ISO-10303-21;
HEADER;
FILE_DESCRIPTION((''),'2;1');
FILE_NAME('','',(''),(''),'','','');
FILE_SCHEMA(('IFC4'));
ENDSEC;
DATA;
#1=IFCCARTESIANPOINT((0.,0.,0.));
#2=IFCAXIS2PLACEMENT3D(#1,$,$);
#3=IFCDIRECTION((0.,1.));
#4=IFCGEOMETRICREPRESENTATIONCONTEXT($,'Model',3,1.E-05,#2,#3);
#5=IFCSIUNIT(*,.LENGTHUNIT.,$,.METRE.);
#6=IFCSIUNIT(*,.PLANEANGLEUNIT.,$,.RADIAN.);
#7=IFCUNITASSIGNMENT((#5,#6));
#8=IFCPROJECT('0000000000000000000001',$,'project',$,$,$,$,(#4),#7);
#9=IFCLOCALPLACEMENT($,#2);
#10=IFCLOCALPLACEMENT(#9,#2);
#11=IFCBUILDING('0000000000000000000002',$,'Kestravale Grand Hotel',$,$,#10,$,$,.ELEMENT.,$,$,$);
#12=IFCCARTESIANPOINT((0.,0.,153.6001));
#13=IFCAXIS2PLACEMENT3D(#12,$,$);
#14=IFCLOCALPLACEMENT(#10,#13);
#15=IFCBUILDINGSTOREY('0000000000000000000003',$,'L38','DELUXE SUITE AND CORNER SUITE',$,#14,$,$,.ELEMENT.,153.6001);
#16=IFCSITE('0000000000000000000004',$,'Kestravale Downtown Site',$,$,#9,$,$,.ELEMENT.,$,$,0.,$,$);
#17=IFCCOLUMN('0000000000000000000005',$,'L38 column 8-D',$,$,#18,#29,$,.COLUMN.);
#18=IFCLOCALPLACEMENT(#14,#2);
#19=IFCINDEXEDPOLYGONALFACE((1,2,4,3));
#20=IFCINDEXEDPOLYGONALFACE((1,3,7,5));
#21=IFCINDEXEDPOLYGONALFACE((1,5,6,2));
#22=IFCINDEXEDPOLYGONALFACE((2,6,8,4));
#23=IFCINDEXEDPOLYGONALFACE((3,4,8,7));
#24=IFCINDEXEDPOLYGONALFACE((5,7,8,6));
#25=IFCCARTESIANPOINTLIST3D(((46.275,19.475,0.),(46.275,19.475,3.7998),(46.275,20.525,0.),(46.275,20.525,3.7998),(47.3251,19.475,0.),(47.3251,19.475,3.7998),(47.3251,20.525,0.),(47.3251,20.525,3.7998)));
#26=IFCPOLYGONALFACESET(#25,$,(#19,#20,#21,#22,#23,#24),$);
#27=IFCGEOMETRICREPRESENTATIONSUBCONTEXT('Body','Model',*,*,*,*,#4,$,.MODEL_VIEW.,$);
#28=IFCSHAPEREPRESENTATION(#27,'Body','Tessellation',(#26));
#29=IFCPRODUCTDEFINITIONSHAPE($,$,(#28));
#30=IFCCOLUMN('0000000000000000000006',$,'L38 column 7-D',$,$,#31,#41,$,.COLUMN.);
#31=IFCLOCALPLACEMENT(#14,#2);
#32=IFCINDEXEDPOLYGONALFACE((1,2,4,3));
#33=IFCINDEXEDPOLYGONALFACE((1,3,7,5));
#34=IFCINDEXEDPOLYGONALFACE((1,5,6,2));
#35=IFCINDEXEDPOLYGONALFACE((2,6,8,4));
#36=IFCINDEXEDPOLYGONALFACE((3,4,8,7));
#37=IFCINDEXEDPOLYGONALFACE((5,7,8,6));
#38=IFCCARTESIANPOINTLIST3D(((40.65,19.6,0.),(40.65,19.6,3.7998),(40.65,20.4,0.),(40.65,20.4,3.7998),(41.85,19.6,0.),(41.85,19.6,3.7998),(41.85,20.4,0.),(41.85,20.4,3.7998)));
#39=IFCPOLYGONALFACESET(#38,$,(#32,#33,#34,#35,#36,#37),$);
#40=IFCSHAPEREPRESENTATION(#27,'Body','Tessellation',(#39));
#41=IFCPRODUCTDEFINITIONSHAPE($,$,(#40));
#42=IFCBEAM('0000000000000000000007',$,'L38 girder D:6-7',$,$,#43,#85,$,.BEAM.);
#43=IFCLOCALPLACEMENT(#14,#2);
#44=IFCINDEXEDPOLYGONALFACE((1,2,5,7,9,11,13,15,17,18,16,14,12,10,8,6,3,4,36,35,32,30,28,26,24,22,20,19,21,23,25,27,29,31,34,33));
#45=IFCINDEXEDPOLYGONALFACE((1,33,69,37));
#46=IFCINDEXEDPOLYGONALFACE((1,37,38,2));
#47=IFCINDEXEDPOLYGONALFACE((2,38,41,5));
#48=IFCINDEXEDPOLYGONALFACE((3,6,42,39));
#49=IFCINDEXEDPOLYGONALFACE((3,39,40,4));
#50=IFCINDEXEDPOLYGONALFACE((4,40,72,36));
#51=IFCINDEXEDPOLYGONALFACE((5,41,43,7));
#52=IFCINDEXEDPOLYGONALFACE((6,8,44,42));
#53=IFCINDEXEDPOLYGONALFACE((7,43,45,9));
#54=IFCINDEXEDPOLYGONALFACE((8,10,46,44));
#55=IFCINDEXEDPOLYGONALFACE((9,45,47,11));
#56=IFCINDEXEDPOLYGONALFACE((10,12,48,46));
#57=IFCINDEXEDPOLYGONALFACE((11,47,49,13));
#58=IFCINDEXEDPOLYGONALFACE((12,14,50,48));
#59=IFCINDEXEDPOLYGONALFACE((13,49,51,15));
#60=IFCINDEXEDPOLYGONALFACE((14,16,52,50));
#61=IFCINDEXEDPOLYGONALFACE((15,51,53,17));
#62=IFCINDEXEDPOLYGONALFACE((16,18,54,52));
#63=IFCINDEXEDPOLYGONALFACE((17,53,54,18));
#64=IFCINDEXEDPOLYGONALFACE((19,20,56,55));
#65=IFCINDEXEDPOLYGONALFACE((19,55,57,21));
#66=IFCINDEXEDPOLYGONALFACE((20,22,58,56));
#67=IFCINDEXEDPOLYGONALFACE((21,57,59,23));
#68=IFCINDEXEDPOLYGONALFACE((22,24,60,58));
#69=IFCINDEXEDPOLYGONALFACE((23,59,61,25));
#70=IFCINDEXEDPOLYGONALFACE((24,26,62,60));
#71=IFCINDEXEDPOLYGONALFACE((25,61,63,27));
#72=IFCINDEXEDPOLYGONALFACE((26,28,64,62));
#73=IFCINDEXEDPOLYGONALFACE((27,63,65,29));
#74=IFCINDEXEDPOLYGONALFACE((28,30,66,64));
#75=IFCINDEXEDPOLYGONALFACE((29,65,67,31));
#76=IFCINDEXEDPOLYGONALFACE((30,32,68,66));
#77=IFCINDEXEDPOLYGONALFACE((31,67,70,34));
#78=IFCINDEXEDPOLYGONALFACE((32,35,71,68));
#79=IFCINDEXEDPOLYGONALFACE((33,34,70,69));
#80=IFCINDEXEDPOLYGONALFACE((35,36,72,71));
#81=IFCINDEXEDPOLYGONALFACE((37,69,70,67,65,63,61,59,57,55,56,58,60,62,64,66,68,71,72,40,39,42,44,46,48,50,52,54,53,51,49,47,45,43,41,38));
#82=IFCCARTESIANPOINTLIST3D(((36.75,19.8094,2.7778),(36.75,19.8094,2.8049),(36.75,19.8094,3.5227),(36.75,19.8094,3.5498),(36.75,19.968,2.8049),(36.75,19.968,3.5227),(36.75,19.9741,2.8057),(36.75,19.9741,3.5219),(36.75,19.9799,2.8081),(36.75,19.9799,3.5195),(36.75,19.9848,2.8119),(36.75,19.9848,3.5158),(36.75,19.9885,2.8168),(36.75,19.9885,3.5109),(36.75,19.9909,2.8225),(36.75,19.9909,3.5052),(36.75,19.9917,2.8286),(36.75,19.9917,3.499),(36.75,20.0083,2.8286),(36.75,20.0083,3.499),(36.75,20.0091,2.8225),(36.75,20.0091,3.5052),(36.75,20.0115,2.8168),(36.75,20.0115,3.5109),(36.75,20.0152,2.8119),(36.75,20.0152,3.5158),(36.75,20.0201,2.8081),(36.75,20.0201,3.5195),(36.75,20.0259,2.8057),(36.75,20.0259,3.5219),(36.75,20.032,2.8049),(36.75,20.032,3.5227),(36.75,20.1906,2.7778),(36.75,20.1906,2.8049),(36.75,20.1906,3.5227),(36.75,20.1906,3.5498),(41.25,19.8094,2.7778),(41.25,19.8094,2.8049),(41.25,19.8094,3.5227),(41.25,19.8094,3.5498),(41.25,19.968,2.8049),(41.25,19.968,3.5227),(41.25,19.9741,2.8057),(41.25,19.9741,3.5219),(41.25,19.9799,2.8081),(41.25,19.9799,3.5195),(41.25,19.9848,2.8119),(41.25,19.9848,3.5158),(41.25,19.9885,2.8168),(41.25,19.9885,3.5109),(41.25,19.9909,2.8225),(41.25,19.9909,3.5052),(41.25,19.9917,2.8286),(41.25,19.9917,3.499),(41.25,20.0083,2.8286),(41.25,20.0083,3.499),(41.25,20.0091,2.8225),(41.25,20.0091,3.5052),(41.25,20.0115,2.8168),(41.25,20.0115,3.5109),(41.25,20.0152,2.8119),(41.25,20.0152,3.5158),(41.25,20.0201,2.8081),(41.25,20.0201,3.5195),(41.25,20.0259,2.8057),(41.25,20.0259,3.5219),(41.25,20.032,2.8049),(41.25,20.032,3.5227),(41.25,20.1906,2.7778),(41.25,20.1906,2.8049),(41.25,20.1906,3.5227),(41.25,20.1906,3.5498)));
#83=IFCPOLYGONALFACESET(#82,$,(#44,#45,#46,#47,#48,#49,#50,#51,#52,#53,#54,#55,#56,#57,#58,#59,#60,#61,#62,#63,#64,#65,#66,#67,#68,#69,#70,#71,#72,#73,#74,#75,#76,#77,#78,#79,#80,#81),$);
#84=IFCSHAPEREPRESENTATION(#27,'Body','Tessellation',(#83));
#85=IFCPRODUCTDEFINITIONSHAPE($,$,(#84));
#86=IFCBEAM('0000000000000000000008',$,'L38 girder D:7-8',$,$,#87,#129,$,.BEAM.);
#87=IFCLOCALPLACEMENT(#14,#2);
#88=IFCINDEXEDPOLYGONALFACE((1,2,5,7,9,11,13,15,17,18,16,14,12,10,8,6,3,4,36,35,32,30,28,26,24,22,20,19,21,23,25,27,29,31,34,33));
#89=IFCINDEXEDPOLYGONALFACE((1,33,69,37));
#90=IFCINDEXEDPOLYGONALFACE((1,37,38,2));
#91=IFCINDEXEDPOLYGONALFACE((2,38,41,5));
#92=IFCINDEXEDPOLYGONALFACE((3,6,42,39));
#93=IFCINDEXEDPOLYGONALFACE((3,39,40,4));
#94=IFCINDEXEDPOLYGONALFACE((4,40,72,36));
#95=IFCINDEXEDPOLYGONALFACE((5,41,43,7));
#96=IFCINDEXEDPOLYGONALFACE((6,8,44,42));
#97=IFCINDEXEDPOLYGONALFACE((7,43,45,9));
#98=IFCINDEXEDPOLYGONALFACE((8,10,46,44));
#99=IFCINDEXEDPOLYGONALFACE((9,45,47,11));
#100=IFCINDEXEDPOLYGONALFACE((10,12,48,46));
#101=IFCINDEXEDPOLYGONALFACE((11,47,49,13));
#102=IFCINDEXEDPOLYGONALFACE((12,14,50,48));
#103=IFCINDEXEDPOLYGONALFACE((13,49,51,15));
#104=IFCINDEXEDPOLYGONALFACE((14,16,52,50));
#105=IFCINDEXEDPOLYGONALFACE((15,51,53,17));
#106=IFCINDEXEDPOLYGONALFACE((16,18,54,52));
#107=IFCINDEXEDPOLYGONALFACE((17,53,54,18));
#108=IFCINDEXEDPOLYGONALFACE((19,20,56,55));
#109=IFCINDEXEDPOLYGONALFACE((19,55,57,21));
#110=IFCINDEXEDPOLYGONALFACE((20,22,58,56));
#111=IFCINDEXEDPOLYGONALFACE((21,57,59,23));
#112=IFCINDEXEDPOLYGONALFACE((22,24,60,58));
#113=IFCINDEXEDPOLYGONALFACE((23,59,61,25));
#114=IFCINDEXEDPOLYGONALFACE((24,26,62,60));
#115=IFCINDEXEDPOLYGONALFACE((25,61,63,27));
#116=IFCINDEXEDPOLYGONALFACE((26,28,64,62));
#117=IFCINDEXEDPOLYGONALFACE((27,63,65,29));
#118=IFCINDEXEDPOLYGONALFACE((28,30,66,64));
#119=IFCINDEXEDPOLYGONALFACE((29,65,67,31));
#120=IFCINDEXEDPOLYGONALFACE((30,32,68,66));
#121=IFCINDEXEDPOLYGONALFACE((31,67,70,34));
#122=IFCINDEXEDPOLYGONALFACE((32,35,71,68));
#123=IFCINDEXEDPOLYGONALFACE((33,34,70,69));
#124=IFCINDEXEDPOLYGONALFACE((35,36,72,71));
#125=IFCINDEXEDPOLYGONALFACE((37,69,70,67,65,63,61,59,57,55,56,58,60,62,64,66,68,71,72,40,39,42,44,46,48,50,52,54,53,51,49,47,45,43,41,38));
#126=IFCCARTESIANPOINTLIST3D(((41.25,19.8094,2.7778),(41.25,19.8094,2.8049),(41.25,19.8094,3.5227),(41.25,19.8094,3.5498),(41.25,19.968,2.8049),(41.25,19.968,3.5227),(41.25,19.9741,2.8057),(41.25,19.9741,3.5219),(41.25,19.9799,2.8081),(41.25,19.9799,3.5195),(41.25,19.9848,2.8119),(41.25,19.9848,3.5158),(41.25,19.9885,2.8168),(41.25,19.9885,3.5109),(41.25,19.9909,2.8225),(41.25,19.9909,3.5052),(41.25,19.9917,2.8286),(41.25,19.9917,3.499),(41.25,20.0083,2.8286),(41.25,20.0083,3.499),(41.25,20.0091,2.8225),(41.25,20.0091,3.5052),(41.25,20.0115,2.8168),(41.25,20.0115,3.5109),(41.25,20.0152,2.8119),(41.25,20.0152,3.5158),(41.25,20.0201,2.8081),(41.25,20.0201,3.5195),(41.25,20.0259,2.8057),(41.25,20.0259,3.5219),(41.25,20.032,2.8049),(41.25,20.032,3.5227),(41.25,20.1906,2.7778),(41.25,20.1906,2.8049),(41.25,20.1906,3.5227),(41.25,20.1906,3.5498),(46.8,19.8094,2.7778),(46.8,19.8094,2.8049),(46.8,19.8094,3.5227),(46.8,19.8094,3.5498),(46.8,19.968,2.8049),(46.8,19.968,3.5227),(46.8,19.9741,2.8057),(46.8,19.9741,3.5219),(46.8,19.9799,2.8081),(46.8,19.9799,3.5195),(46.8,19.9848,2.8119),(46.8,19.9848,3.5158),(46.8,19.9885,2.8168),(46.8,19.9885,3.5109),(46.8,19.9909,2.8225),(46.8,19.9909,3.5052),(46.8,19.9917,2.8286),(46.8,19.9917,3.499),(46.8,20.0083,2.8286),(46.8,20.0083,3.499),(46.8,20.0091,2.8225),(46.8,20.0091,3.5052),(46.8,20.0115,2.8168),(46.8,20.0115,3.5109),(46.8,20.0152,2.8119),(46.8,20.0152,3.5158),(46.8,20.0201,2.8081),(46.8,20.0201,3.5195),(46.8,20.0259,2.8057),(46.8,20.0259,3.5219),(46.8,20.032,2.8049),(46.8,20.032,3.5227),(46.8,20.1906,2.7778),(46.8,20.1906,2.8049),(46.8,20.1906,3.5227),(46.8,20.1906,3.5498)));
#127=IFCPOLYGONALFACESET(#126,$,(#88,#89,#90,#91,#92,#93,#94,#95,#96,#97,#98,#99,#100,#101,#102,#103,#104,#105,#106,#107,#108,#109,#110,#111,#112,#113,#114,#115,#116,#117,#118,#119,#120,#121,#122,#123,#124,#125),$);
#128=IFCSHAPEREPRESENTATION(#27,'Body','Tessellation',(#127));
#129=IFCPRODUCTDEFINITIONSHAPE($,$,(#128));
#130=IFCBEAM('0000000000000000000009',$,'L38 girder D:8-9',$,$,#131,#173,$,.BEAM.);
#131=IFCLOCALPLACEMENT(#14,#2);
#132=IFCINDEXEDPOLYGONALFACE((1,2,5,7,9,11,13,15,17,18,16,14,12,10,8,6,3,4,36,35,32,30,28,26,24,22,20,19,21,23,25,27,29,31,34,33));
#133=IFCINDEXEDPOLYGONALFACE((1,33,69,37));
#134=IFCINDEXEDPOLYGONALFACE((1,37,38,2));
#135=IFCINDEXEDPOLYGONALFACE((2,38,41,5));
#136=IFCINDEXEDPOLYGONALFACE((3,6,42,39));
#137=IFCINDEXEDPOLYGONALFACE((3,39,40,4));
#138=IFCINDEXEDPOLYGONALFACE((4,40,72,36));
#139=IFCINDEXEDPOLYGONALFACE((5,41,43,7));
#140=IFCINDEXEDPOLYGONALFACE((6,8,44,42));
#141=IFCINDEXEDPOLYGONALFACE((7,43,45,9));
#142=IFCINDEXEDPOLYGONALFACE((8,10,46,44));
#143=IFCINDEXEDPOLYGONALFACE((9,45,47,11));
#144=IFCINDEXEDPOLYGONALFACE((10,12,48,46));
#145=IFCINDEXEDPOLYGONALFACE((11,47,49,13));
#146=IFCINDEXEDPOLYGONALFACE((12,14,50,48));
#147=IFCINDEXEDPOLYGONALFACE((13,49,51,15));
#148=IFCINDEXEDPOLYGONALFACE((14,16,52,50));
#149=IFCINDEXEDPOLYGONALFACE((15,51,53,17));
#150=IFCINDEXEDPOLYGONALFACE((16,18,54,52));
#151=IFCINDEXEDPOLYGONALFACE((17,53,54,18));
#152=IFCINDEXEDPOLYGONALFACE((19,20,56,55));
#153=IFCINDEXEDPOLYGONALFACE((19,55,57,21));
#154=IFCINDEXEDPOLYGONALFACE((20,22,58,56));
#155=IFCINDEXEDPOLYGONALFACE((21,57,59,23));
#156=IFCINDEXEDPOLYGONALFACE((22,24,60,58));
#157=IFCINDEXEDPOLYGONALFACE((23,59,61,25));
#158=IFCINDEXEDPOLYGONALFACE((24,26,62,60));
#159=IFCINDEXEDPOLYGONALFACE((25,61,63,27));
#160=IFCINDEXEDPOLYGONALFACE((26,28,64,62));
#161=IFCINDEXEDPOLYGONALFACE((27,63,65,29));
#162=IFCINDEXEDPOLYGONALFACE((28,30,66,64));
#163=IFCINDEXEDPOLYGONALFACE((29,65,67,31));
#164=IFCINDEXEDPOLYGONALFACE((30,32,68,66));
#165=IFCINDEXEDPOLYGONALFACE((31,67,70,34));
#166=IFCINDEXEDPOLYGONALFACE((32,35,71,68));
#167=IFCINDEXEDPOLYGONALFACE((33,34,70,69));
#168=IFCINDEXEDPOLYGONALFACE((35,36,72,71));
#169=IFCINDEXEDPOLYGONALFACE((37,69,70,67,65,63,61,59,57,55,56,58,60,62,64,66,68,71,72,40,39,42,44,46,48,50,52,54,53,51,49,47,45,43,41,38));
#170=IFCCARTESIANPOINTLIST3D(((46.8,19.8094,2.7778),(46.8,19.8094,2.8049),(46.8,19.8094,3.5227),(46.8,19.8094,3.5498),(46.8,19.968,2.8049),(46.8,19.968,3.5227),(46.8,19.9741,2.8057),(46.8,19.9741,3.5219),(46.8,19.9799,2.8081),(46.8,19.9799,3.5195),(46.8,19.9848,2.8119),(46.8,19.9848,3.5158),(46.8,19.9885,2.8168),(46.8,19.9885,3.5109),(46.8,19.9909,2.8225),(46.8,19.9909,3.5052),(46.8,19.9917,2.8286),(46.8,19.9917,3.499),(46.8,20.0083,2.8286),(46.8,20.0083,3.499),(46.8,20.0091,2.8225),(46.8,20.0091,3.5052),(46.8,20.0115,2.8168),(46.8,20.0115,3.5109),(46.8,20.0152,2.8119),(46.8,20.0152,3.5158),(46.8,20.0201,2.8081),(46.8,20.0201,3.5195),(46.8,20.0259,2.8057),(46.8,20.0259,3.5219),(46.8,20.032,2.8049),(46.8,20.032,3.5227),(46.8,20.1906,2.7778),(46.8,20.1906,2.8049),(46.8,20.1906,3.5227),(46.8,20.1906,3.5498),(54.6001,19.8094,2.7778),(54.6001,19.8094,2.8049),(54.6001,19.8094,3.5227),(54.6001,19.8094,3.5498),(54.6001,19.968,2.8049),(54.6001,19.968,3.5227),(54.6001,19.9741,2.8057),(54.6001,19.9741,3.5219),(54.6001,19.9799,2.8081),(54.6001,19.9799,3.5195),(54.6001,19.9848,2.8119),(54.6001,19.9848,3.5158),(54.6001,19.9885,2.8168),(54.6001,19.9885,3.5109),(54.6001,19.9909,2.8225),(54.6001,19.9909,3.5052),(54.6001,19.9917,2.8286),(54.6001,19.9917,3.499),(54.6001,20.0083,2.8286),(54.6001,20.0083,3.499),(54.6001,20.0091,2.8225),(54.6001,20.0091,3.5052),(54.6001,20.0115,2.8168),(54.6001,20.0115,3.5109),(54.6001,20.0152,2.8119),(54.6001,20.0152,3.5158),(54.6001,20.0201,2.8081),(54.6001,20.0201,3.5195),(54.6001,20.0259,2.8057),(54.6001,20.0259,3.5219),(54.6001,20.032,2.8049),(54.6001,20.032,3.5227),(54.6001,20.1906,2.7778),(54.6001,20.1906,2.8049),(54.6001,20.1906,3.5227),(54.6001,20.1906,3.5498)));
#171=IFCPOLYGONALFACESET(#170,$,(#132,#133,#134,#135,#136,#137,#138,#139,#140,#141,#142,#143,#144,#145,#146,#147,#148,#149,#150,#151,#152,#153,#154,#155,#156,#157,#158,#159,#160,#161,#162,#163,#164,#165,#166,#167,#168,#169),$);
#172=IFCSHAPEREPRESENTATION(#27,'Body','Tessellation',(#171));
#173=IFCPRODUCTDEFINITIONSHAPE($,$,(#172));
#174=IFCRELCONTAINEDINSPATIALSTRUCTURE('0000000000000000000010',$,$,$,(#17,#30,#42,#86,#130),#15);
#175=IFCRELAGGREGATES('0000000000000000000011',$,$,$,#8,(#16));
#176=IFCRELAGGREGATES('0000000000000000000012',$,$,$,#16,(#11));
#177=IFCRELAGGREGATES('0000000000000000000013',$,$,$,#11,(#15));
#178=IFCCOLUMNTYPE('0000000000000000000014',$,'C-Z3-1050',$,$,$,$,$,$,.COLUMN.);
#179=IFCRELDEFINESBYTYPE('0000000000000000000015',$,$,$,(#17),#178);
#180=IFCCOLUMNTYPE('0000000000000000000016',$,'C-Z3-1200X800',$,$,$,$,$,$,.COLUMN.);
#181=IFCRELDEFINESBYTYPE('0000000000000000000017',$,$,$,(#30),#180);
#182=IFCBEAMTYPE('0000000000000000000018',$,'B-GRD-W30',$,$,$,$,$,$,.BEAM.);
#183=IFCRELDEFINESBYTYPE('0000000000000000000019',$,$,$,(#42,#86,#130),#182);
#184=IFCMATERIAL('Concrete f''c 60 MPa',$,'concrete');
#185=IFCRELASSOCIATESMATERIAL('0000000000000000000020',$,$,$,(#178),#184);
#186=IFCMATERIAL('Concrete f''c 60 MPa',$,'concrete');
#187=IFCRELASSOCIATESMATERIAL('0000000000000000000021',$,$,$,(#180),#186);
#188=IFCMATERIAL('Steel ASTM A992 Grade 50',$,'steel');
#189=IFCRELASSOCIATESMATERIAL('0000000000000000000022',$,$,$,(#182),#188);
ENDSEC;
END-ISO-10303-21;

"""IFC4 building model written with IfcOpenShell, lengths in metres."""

from ifc_helpers import new_model, si_unit, direction, frame, origin, origin_2d, place, context, subcontext, project, spatial, rectangle, i_section, extrude, material, material_profile, profile_set, type_object, element, save


model = new_model("IFC4")

# Units and contexts
model_context = context("Model", 3, precision=1e-05, world=origin(), true_north=direction((0.0, 1.0)))
body_context = subcontext(model_context, "Body", "Model", "MODEL_VIEW")
ifc_project = project(units=[si_unit("LENGTHUNIT", "METRE"), si_unit("PLANEANGLEUNIT", "RADIAN")], contexts=[model_context])

# Site, building, storey
site_placement = place(None, origin())
site = spatial("IfcSite", under=ifc_project, at=site_placement, Name="Kestravale Downtown Site", CompositionType="ELEMENT", RefElevation=0.0)
building_placement = place(site_placement, origin())
building = spatial("IfcBuilding", under=site, at=building_placement, Name="Kestravale Grand Hotel", CompositionType="ELEMENT")
storey_placement = place(building_placement, frame((0.0, 0.0, 153.6001)))
storey = spatial("IfcBuildingStorey", under=building, at=storey_placement, Name="L38", Description="DELUXE SUITE AND CORNER SUITE", CompositionType="ELEMENT", Elevation=153.6001)

# Columns
ifc_material_1 = material(Name="Concrete f'c 60 MPa", Category="concrete")
ifc_material_profile_1 = material_profile(ifc_material_1, rectangle(XDim=1.05, YDim=1.05, at=origin_2d()))
ifc_profile_set_1 = profile_set([ifc_material_profile_1], Name="Concrete f'c 60 MPa")
column_type_1 = type_object("IfcColumnType", Name="C-Z3-1050", PredefinedType="COLUMN", material=ifc_profile_set_1)
column_1_placement = place(storey_placement, frame((46.8, 20.0, 0.0), z_axis=(0.0, 0.0, 1.0), x_axis=(1.0, 0.0, 0.0)))
element("IfcColumn", 1, at=column_1_placement, inside=storey, type_object=column_type_1, Name="L38 column 8-D", PredefinedType="COLUMN", context=body_context, shape_type="SweptSolid", body=[
    extrude(rectangle(XDim=1.05, YDim=1.05, at=origin_2d()), origin(), (0.0, 0.0, 1.0), 3.7998),
])
ifc_material_2 = material(Name="Concrete f'c 60 MPa", Category="concrete")
ifc_material_profile_2 = material_profile(ifc_material_2, rectangle(XDim=1.2, YDim=0.8, at=origin_2d()))
ifc_profile_set_2 = profile_set([ifc_material_profile_2], Name="Concrete f'c 60 MPa")
column_type_2 = type_object("IfcColumnType", Name="C-Z3-1200X800", PredefinedType="COLUMN", material=ifc_profile_set_2)
column_2_placement = place(storey_placement, frame((41.25, 20.0, 0.0), z_axis=(0.0, 0.0, 1.0), x_axis=(1.0, 0.0, 0.0)))
element("IfcColumn", 2, at=column_2_placement, inside=storey, type_object=column_type_2, Name="L38 column 7-D", PredefinedType="COLUMN", context=body_context, shape_type="SweptSolid", body=[
    extrude(rectangle(XDim=1.2, YDim=0.8, at=origin_2d()), origin(), (0.0, 0.0, 1.0), 3.7998),
])

# Beams
ifc_material_3 = material(Name="Steel ASTM A992 Grade 50", Category="steel")
ifc_material_profile_3 = material_profile(ifc_material_3, i_section(OverallWidth=0.3811, OverallDepth=0.772, WebThickness=0.0166, FlangeThickness=0.0271, FilletRadius=0.0237, at=origin_2d()))
ifc_profile_set_3 = profile_set([ifc_material_profile_3], Name="Steel ASTM A992 Grade 50")
beam_type = type_object("IfcBeamType", Name="B-GRD-W30", PredefinedType="BEAM", material=ifc_profile_set_3)
beam_1_placement = place(storey_placement, frame((36.75, 20.0, 3.1638), z_axis=(1.0, 0.0, 0.0), x_axis=(0.0, 1.0, 0.0)))
element("IfcBeam", 3, at=beam_1_placement, inside=storey, type_object=beam_type, Name="L38 girder D:6-7", PredefinedType="BEAM", context=body_context, shape_type="SweptSolid", body=[
    extrude(i_section(OverallWidth=0.3811, OverallDepth=0.772, WebThickness=0.0166, FlangeThickness=0.0271, FilletRadius=0.0237, at=origin_2d()), origin(), (0.0, 0.0, 1.0), 4.5),
])
beam_2_placement = place(storey_placement, frame((41.25, 20.0, 3.1638), z_axis=(1.0, 0.0, 0.0), x_axis=(0.0, 1.0, 0.0)))
element("IfcBeam", 4, at=beam_2_placement, inside=storey, type_object=beam_type, Name="L38 girder D:7-8", PredefinedType="BEAM", context=body_context, shape_type="SweptSolid", body=[
    extrude(i_section(OverallWidth=0.3811, OverallDepth=0.772, WebThickness=0.0166, FlangeThickness=0.0271, FilletRadius=0.0237, at=origin_2d()), origin(), (0.0, 0.0, 1.0), 5.55),
])
beam_3_placement = place(storey_placement, frame((46.8, 20.0, 3.1638), z_axis=(1.0, 0.0, 0.0), x_axis=(0.0, 1.0, 0.0)))
element("IfcBeam", 5, at=beam_3_placement, inside=storey, type_object=beam_type, Name="L38 girder D:8-9", PredefinedType="BEAM", context=body_context, shape_type="SweptSolid", body=[
    extrude(i_section(OverallWidth=0.3811, OverallDepth=0.772, WebThickness=0.0166, FlangeThickness=0.0271, FilletRadius=0.0237, at=origin_2d()), origin(), (0.0, 0.0, 1.0), 7.8),
])

save(model, "model.ifc")
